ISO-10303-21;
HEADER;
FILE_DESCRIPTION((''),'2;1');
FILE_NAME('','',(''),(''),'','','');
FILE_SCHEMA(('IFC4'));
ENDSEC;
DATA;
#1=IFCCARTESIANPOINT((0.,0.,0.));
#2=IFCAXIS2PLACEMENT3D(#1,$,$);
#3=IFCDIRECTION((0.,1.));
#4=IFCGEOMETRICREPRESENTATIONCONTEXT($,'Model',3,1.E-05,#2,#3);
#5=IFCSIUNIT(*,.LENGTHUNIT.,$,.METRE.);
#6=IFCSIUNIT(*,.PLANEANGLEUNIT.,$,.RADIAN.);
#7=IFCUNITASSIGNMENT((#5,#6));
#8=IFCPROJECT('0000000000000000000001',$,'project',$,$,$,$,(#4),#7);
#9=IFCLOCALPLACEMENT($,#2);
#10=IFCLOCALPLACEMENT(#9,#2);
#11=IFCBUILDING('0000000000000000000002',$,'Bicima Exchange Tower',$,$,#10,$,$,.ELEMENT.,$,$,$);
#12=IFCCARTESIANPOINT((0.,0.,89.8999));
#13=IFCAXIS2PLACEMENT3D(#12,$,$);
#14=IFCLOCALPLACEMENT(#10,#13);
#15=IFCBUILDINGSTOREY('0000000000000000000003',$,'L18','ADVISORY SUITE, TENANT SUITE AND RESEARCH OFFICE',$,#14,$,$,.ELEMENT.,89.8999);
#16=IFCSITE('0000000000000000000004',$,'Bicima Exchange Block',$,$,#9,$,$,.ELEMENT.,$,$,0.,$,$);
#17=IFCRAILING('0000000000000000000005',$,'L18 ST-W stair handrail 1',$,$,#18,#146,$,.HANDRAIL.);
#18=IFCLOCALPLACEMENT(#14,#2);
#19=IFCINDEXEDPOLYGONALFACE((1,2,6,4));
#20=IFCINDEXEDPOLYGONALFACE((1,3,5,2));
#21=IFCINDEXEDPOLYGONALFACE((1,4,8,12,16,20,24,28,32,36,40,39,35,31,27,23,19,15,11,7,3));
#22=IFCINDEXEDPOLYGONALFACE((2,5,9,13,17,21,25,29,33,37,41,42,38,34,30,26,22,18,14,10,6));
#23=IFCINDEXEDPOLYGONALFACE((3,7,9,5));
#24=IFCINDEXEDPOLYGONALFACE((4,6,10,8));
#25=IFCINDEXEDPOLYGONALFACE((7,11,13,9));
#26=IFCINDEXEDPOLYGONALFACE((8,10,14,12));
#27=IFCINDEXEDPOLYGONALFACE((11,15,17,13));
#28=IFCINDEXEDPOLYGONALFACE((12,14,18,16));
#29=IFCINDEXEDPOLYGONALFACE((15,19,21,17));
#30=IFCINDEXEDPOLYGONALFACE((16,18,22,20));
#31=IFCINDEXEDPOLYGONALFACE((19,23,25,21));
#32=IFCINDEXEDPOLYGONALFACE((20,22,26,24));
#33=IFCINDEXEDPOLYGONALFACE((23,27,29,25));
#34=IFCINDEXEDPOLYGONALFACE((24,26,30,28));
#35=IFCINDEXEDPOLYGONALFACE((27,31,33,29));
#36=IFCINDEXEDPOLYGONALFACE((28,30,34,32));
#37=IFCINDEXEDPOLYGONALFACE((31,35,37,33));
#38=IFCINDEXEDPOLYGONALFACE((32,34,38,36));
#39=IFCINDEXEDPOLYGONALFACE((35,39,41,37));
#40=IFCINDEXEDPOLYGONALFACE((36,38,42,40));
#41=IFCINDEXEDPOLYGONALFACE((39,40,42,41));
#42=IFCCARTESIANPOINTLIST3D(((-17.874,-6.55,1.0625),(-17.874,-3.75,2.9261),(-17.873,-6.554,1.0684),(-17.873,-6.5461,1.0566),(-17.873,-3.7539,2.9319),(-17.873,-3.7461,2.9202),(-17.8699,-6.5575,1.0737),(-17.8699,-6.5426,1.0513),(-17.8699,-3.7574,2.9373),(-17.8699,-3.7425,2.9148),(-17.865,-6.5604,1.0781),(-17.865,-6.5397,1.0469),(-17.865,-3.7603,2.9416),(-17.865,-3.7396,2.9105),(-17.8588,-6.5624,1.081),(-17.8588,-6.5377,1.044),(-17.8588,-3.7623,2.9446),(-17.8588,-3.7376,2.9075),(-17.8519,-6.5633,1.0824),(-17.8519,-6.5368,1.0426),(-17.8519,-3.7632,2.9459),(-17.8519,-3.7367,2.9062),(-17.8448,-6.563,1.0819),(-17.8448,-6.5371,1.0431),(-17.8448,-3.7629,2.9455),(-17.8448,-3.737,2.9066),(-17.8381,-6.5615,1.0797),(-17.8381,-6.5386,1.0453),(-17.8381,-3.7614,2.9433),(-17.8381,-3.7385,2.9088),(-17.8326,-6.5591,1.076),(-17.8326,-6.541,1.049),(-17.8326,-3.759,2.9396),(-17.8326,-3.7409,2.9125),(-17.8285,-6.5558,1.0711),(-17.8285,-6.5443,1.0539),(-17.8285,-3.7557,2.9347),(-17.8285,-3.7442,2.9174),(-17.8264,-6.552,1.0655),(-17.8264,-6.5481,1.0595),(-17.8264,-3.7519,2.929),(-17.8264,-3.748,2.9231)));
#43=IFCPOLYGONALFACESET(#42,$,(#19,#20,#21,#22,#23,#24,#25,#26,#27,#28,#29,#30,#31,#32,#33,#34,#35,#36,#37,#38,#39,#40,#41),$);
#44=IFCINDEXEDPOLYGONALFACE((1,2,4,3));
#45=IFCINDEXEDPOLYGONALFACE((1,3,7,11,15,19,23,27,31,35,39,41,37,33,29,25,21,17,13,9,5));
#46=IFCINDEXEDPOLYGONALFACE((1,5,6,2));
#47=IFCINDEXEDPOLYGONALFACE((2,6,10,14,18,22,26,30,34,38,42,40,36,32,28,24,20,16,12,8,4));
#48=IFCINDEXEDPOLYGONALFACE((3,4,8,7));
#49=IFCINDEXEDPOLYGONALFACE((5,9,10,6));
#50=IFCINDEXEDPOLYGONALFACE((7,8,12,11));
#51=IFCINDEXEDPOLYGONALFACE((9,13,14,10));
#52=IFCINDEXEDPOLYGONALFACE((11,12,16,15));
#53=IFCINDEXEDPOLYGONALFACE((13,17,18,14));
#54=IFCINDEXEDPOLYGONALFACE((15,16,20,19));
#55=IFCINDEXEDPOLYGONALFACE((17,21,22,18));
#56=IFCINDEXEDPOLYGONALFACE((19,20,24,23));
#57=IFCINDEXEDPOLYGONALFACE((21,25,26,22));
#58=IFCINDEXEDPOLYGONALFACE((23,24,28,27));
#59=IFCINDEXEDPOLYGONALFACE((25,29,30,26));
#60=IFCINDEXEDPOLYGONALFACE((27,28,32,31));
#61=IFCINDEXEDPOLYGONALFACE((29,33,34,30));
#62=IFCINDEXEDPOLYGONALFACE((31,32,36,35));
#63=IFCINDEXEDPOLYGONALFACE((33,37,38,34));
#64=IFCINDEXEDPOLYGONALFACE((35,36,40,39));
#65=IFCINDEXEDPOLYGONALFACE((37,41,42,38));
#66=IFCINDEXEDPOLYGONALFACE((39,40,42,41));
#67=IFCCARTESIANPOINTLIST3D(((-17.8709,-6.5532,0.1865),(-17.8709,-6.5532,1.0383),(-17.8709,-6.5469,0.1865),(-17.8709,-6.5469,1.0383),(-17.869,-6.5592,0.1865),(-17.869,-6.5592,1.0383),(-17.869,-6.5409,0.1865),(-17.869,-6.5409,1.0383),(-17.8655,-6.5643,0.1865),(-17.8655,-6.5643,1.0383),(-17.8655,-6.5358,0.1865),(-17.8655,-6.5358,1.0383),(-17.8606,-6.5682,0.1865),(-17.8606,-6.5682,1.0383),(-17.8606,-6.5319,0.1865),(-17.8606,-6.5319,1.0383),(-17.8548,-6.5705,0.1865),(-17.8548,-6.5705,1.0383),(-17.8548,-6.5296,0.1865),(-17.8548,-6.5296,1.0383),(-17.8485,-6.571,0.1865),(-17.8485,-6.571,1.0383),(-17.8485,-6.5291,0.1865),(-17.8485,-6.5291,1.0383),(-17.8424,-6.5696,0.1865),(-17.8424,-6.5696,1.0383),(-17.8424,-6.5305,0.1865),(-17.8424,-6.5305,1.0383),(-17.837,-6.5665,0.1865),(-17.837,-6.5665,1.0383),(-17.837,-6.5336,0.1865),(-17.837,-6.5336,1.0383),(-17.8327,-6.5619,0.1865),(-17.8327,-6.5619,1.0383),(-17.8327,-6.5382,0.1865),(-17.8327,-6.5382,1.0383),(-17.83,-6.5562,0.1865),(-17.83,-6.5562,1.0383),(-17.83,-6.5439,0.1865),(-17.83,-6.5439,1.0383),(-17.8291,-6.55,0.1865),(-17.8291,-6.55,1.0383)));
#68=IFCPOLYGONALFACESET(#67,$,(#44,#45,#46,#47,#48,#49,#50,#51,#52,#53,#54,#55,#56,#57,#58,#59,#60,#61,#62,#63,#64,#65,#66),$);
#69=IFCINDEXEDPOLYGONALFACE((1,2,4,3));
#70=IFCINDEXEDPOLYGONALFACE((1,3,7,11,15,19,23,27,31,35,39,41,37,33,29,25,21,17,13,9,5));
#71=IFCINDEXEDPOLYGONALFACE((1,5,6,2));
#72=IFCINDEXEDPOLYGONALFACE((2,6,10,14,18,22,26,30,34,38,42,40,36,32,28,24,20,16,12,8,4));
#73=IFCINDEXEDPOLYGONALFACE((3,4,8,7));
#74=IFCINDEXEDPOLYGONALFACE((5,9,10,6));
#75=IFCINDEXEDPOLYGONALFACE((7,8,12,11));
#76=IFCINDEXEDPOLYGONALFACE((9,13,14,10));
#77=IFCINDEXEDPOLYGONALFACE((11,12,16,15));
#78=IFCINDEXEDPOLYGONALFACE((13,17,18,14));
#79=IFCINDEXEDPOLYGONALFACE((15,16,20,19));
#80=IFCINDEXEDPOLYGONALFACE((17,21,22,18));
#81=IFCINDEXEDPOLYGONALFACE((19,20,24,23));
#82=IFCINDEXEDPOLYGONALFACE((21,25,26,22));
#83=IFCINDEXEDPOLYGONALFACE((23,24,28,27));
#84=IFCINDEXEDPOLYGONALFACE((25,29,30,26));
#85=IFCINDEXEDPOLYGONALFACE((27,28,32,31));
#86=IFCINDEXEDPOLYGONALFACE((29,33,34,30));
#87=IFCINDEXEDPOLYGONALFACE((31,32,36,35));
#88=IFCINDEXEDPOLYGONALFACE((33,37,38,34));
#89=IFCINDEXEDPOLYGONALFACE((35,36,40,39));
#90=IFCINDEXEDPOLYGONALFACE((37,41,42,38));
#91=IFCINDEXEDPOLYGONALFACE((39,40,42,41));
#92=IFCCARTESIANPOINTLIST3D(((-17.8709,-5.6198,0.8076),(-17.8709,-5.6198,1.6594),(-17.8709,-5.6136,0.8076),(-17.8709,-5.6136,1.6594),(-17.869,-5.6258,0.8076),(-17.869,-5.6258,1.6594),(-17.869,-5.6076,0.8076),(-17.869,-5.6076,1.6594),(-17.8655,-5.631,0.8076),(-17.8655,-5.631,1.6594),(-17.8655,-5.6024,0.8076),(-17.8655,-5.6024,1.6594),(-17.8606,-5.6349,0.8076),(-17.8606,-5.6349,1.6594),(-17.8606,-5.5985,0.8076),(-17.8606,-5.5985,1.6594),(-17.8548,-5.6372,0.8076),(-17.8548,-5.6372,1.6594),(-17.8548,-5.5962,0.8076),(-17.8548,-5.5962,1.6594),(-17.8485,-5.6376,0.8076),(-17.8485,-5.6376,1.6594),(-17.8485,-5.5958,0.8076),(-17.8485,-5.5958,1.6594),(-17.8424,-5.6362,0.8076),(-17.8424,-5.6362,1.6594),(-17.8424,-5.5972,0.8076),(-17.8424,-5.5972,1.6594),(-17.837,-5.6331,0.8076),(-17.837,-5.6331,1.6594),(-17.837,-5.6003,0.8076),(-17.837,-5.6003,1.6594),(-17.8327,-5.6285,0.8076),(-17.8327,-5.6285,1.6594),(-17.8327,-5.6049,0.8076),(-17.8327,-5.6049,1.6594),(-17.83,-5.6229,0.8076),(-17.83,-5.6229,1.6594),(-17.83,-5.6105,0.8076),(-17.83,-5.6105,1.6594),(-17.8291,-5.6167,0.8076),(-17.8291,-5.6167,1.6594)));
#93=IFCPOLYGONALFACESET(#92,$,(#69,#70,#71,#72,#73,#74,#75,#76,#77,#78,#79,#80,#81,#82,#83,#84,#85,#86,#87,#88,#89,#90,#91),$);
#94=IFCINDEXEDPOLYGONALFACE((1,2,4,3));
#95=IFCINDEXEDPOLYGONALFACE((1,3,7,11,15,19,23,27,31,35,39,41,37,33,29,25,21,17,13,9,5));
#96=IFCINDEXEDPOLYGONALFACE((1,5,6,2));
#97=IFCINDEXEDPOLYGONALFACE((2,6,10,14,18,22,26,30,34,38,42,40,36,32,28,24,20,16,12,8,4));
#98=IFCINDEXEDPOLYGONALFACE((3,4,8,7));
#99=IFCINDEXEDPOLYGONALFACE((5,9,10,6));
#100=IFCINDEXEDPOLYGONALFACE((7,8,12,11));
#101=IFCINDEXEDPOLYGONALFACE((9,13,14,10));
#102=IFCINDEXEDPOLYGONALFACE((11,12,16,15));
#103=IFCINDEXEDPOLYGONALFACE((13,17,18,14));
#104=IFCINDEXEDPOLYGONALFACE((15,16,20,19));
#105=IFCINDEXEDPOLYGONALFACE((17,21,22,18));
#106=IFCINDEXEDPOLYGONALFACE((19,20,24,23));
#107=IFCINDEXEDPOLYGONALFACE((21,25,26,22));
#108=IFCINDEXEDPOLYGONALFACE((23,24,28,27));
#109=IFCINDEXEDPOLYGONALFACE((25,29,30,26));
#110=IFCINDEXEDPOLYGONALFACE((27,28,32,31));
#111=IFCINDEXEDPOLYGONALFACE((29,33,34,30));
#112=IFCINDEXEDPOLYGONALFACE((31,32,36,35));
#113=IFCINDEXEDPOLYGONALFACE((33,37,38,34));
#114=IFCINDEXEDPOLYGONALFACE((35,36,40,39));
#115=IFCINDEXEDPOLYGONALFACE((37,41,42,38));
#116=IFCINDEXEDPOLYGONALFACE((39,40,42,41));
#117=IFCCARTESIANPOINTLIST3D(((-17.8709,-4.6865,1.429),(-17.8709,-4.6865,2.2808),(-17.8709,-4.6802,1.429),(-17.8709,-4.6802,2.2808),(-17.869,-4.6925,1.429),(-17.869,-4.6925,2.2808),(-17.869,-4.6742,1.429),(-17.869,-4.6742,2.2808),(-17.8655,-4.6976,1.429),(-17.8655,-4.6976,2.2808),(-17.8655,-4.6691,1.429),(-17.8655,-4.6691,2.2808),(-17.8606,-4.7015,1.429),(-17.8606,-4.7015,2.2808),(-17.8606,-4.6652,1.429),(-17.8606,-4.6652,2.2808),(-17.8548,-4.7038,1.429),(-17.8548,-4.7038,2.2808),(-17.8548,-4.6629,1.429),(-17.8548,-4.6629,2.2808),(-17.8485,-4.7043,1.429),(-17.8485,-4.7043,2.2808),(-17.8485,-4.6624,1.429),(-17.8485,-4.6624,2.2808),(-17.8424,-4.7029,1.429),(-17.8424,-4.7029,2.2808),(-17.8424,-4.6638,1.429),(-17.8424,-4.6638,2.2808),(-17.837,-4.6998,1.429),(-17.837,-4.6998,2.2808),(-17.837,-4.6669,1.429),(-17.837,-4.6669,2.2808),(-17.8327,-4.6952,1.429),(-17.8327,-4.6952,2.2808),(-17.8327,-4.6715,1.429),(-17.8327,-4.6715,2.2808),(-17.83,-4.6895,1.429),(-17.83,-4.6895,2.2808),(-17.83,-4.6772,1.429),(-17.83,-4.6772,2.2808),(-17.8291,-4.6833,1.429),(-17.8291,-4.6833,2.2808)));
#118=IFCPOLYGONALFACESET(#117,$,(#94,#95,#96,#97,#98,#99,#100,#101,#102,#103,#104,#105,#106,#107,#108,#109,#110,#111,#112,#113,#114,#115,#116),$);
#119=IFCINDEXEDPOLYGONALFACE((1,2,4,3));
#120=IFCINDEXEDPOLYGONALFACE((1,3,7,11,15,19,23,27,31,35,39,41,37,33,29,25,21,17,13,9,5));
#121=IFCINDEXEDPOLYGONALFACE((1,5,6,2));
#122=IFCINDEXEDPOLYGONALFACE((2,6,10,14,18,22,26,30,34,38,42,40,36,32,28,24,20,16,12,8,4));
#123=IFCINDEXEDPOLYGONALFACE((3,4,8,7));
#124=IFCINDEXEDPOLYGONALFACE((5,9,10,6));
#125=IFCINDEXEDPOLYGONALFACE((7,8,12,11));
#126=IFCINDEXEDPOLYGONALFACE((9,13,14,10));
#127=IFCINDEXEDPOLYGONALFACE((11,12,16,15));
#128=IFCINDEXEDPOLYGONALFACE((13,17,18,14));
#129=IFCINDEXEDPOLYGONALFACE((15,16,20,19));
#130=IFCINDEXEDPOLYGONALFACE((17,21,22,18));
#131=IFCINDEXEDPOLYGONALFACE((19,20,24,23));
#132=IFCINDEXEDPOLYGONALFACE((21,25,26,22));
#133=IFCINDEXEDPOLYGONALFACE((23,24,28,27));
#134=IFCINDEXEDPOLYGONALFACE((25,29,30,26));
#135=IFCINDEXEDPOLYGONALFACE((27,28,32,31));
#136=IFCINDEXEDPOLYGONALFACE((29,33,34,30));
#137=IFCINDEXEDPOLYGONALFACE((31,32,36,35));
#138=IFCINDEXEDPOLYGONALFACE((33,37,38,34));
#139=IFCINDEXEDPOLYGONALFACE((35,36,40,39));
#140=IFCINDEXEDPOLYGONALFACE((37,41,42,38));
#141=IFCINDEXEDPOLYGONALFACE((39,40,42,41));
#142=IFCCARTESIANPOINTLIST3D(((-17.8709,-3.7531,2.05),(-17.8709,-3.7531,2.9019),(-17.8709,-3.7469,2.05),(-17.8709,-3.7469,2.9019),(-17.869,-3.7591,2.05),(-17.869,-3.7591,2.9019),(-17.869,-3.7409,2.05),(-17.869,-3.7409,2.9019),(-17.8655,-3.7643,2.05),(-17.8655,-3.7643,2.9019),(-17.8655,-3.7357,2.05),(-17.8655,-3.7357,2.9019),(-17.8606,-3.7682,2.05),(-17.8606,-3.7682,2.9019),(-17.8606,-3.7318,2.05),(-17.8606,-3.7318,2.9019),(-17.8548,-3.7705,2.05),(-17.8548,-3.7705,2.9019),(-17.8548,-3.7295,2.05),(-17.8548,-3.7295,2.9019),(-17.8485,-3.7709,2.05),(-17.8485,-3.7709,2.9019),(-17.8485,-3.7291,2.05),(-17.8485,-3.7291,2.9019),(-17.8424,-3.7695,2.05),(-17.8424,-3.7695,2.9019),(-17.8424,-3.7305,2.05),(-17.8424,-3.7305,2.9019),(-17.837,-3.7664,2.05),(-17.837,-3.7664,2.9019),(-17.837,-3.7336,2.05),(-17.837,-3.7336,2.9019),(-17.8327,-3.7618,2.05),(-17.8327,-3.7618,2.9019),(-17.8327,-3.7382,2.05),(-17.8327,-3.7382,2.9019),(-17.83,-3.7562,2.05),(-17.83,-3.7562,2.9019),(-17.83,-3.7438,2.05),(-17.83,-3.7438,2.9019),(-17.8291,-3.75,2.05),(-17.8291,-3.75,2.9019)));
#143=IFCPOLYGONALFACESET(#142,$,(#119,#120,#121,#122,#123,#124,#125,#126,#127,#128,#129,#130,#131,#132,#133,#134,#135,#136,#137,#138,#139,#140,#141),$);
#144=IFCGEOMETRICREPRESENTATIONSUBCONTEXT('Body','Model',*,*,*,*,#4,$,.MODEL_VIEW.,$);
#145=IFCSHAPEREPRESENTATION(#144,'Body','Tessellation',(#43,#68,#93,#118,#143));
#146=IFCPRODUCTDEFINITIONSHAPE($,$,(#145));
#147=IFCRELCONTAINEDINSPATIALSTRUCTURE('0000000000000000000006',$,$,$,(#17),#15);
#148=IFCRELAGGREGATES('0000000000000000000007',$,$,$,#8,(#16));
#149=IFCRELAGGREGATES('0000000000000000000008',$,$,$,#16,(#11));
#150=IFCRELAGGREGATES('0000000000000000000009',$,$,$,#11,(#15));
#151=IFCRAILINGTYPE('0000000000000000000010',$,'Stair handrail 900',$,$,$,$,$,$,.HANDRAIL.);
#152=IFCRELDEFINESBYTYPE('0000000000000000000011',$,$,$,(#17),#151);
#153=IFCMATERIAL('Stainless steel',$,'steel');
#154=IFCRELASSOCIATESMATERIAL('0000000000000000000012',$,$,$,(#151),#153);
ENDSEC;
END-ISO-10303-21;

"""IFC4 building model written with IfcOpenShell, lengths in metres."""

from ifc_helpers import new_model, si_unit, direction, frame, origin, origin_2d, place, context, subcontext, project, spatial, circle, extrude, material, type_object, element, save


model = new_model("IFC4")

# Units and contexts
model_context = context("Model", 3, precision=1e-05, world=origin(), true_north=direction((0.0, 1.0)))
body_context = subcontext(model_context, "Body", "Model", "MODEL_VIEW")
ifc_project = project(units=[si_unit("LENGTHUNIT", "METRE"), si_unit("PLANEANGLEUNIT", "RADIAN")], contexts=[model_context])

# Site, building, storey
site_placement = place(None, origin())
site = spatial("IfcSite", under=ifc_project, at=site_placement, Name="Bicima Exchange Block", CompositionType="ELEMENT", RefElevation=0.0)
building_placement = place(site_placement, origin())
building = spatial("IfcBuilding", under=site, at=building_placement, Name="Bicima Exchange Tower", CompositionType="ELEMENT")
storey_placement = place(building_placement, frame((0.0, 0.0, 89.8999)))
storey = spatial("IfcBuildingStorey", under=building, at=storey_placement, Name="L18", Description="ADVISORY SUITE, TENANT SUITE AND RESEARCH OFFICE", CompositionType="ELEMENT", Elevation=89.8999)

# Shared definitions
ifc_material_1 = material(Name="Stainless steel", Category="steel")

# Railing
railing_type_1 = type_object("IfcRailingType", Name="Stair handrail 900", PredefinedType="HANDRAIL", material=ifc_material_1)
railing_1_placement = place(storey_placement, frame((-17.8501, -6.55, 0.1865)))
element("IfcRailing", 1, at=railing_1_placement, inside=storey, type_object=railing_type_1, Name="L18 ST-W stair handrail 1", PredefinedType="HANDRAIL", context=body_context, shape_type="SweptSolid", body=[
    extrude(circle(Radius=0.0239, at=origin_2d()), frame((0.0, 0.0, 0.876), z_axis=(0.0, 0.832486, 0.554047), x_axis=(-1.0, 0.0, 0.0)), (0.0, 0.0, 1.0), 3.3635),
    extrude(circle(Radius=0.021, at=origin_2d()), origin(), (0.0, 0.0, 1.0), 0.8518),
    extrude(circle(Radius=0.021, at=origin_2d()), frame((0.0, 0.9333, 0.6211)), (0.0, 0.0, 1.0), 0.8518),
    extrude(circle(Radius=0.021, at=origin_2d()), frame((0.0, 1.8667, 1.2424)), (0.0, 0.0, 1.0), 0.8518),
    extrude(circle(Radius=0.021, at=origin_2d()), frame((0.0, 2.8, 1.8635)), (0.0, 0.0, 1.0), 0.8518),
])

save(model, "model.ifc")
